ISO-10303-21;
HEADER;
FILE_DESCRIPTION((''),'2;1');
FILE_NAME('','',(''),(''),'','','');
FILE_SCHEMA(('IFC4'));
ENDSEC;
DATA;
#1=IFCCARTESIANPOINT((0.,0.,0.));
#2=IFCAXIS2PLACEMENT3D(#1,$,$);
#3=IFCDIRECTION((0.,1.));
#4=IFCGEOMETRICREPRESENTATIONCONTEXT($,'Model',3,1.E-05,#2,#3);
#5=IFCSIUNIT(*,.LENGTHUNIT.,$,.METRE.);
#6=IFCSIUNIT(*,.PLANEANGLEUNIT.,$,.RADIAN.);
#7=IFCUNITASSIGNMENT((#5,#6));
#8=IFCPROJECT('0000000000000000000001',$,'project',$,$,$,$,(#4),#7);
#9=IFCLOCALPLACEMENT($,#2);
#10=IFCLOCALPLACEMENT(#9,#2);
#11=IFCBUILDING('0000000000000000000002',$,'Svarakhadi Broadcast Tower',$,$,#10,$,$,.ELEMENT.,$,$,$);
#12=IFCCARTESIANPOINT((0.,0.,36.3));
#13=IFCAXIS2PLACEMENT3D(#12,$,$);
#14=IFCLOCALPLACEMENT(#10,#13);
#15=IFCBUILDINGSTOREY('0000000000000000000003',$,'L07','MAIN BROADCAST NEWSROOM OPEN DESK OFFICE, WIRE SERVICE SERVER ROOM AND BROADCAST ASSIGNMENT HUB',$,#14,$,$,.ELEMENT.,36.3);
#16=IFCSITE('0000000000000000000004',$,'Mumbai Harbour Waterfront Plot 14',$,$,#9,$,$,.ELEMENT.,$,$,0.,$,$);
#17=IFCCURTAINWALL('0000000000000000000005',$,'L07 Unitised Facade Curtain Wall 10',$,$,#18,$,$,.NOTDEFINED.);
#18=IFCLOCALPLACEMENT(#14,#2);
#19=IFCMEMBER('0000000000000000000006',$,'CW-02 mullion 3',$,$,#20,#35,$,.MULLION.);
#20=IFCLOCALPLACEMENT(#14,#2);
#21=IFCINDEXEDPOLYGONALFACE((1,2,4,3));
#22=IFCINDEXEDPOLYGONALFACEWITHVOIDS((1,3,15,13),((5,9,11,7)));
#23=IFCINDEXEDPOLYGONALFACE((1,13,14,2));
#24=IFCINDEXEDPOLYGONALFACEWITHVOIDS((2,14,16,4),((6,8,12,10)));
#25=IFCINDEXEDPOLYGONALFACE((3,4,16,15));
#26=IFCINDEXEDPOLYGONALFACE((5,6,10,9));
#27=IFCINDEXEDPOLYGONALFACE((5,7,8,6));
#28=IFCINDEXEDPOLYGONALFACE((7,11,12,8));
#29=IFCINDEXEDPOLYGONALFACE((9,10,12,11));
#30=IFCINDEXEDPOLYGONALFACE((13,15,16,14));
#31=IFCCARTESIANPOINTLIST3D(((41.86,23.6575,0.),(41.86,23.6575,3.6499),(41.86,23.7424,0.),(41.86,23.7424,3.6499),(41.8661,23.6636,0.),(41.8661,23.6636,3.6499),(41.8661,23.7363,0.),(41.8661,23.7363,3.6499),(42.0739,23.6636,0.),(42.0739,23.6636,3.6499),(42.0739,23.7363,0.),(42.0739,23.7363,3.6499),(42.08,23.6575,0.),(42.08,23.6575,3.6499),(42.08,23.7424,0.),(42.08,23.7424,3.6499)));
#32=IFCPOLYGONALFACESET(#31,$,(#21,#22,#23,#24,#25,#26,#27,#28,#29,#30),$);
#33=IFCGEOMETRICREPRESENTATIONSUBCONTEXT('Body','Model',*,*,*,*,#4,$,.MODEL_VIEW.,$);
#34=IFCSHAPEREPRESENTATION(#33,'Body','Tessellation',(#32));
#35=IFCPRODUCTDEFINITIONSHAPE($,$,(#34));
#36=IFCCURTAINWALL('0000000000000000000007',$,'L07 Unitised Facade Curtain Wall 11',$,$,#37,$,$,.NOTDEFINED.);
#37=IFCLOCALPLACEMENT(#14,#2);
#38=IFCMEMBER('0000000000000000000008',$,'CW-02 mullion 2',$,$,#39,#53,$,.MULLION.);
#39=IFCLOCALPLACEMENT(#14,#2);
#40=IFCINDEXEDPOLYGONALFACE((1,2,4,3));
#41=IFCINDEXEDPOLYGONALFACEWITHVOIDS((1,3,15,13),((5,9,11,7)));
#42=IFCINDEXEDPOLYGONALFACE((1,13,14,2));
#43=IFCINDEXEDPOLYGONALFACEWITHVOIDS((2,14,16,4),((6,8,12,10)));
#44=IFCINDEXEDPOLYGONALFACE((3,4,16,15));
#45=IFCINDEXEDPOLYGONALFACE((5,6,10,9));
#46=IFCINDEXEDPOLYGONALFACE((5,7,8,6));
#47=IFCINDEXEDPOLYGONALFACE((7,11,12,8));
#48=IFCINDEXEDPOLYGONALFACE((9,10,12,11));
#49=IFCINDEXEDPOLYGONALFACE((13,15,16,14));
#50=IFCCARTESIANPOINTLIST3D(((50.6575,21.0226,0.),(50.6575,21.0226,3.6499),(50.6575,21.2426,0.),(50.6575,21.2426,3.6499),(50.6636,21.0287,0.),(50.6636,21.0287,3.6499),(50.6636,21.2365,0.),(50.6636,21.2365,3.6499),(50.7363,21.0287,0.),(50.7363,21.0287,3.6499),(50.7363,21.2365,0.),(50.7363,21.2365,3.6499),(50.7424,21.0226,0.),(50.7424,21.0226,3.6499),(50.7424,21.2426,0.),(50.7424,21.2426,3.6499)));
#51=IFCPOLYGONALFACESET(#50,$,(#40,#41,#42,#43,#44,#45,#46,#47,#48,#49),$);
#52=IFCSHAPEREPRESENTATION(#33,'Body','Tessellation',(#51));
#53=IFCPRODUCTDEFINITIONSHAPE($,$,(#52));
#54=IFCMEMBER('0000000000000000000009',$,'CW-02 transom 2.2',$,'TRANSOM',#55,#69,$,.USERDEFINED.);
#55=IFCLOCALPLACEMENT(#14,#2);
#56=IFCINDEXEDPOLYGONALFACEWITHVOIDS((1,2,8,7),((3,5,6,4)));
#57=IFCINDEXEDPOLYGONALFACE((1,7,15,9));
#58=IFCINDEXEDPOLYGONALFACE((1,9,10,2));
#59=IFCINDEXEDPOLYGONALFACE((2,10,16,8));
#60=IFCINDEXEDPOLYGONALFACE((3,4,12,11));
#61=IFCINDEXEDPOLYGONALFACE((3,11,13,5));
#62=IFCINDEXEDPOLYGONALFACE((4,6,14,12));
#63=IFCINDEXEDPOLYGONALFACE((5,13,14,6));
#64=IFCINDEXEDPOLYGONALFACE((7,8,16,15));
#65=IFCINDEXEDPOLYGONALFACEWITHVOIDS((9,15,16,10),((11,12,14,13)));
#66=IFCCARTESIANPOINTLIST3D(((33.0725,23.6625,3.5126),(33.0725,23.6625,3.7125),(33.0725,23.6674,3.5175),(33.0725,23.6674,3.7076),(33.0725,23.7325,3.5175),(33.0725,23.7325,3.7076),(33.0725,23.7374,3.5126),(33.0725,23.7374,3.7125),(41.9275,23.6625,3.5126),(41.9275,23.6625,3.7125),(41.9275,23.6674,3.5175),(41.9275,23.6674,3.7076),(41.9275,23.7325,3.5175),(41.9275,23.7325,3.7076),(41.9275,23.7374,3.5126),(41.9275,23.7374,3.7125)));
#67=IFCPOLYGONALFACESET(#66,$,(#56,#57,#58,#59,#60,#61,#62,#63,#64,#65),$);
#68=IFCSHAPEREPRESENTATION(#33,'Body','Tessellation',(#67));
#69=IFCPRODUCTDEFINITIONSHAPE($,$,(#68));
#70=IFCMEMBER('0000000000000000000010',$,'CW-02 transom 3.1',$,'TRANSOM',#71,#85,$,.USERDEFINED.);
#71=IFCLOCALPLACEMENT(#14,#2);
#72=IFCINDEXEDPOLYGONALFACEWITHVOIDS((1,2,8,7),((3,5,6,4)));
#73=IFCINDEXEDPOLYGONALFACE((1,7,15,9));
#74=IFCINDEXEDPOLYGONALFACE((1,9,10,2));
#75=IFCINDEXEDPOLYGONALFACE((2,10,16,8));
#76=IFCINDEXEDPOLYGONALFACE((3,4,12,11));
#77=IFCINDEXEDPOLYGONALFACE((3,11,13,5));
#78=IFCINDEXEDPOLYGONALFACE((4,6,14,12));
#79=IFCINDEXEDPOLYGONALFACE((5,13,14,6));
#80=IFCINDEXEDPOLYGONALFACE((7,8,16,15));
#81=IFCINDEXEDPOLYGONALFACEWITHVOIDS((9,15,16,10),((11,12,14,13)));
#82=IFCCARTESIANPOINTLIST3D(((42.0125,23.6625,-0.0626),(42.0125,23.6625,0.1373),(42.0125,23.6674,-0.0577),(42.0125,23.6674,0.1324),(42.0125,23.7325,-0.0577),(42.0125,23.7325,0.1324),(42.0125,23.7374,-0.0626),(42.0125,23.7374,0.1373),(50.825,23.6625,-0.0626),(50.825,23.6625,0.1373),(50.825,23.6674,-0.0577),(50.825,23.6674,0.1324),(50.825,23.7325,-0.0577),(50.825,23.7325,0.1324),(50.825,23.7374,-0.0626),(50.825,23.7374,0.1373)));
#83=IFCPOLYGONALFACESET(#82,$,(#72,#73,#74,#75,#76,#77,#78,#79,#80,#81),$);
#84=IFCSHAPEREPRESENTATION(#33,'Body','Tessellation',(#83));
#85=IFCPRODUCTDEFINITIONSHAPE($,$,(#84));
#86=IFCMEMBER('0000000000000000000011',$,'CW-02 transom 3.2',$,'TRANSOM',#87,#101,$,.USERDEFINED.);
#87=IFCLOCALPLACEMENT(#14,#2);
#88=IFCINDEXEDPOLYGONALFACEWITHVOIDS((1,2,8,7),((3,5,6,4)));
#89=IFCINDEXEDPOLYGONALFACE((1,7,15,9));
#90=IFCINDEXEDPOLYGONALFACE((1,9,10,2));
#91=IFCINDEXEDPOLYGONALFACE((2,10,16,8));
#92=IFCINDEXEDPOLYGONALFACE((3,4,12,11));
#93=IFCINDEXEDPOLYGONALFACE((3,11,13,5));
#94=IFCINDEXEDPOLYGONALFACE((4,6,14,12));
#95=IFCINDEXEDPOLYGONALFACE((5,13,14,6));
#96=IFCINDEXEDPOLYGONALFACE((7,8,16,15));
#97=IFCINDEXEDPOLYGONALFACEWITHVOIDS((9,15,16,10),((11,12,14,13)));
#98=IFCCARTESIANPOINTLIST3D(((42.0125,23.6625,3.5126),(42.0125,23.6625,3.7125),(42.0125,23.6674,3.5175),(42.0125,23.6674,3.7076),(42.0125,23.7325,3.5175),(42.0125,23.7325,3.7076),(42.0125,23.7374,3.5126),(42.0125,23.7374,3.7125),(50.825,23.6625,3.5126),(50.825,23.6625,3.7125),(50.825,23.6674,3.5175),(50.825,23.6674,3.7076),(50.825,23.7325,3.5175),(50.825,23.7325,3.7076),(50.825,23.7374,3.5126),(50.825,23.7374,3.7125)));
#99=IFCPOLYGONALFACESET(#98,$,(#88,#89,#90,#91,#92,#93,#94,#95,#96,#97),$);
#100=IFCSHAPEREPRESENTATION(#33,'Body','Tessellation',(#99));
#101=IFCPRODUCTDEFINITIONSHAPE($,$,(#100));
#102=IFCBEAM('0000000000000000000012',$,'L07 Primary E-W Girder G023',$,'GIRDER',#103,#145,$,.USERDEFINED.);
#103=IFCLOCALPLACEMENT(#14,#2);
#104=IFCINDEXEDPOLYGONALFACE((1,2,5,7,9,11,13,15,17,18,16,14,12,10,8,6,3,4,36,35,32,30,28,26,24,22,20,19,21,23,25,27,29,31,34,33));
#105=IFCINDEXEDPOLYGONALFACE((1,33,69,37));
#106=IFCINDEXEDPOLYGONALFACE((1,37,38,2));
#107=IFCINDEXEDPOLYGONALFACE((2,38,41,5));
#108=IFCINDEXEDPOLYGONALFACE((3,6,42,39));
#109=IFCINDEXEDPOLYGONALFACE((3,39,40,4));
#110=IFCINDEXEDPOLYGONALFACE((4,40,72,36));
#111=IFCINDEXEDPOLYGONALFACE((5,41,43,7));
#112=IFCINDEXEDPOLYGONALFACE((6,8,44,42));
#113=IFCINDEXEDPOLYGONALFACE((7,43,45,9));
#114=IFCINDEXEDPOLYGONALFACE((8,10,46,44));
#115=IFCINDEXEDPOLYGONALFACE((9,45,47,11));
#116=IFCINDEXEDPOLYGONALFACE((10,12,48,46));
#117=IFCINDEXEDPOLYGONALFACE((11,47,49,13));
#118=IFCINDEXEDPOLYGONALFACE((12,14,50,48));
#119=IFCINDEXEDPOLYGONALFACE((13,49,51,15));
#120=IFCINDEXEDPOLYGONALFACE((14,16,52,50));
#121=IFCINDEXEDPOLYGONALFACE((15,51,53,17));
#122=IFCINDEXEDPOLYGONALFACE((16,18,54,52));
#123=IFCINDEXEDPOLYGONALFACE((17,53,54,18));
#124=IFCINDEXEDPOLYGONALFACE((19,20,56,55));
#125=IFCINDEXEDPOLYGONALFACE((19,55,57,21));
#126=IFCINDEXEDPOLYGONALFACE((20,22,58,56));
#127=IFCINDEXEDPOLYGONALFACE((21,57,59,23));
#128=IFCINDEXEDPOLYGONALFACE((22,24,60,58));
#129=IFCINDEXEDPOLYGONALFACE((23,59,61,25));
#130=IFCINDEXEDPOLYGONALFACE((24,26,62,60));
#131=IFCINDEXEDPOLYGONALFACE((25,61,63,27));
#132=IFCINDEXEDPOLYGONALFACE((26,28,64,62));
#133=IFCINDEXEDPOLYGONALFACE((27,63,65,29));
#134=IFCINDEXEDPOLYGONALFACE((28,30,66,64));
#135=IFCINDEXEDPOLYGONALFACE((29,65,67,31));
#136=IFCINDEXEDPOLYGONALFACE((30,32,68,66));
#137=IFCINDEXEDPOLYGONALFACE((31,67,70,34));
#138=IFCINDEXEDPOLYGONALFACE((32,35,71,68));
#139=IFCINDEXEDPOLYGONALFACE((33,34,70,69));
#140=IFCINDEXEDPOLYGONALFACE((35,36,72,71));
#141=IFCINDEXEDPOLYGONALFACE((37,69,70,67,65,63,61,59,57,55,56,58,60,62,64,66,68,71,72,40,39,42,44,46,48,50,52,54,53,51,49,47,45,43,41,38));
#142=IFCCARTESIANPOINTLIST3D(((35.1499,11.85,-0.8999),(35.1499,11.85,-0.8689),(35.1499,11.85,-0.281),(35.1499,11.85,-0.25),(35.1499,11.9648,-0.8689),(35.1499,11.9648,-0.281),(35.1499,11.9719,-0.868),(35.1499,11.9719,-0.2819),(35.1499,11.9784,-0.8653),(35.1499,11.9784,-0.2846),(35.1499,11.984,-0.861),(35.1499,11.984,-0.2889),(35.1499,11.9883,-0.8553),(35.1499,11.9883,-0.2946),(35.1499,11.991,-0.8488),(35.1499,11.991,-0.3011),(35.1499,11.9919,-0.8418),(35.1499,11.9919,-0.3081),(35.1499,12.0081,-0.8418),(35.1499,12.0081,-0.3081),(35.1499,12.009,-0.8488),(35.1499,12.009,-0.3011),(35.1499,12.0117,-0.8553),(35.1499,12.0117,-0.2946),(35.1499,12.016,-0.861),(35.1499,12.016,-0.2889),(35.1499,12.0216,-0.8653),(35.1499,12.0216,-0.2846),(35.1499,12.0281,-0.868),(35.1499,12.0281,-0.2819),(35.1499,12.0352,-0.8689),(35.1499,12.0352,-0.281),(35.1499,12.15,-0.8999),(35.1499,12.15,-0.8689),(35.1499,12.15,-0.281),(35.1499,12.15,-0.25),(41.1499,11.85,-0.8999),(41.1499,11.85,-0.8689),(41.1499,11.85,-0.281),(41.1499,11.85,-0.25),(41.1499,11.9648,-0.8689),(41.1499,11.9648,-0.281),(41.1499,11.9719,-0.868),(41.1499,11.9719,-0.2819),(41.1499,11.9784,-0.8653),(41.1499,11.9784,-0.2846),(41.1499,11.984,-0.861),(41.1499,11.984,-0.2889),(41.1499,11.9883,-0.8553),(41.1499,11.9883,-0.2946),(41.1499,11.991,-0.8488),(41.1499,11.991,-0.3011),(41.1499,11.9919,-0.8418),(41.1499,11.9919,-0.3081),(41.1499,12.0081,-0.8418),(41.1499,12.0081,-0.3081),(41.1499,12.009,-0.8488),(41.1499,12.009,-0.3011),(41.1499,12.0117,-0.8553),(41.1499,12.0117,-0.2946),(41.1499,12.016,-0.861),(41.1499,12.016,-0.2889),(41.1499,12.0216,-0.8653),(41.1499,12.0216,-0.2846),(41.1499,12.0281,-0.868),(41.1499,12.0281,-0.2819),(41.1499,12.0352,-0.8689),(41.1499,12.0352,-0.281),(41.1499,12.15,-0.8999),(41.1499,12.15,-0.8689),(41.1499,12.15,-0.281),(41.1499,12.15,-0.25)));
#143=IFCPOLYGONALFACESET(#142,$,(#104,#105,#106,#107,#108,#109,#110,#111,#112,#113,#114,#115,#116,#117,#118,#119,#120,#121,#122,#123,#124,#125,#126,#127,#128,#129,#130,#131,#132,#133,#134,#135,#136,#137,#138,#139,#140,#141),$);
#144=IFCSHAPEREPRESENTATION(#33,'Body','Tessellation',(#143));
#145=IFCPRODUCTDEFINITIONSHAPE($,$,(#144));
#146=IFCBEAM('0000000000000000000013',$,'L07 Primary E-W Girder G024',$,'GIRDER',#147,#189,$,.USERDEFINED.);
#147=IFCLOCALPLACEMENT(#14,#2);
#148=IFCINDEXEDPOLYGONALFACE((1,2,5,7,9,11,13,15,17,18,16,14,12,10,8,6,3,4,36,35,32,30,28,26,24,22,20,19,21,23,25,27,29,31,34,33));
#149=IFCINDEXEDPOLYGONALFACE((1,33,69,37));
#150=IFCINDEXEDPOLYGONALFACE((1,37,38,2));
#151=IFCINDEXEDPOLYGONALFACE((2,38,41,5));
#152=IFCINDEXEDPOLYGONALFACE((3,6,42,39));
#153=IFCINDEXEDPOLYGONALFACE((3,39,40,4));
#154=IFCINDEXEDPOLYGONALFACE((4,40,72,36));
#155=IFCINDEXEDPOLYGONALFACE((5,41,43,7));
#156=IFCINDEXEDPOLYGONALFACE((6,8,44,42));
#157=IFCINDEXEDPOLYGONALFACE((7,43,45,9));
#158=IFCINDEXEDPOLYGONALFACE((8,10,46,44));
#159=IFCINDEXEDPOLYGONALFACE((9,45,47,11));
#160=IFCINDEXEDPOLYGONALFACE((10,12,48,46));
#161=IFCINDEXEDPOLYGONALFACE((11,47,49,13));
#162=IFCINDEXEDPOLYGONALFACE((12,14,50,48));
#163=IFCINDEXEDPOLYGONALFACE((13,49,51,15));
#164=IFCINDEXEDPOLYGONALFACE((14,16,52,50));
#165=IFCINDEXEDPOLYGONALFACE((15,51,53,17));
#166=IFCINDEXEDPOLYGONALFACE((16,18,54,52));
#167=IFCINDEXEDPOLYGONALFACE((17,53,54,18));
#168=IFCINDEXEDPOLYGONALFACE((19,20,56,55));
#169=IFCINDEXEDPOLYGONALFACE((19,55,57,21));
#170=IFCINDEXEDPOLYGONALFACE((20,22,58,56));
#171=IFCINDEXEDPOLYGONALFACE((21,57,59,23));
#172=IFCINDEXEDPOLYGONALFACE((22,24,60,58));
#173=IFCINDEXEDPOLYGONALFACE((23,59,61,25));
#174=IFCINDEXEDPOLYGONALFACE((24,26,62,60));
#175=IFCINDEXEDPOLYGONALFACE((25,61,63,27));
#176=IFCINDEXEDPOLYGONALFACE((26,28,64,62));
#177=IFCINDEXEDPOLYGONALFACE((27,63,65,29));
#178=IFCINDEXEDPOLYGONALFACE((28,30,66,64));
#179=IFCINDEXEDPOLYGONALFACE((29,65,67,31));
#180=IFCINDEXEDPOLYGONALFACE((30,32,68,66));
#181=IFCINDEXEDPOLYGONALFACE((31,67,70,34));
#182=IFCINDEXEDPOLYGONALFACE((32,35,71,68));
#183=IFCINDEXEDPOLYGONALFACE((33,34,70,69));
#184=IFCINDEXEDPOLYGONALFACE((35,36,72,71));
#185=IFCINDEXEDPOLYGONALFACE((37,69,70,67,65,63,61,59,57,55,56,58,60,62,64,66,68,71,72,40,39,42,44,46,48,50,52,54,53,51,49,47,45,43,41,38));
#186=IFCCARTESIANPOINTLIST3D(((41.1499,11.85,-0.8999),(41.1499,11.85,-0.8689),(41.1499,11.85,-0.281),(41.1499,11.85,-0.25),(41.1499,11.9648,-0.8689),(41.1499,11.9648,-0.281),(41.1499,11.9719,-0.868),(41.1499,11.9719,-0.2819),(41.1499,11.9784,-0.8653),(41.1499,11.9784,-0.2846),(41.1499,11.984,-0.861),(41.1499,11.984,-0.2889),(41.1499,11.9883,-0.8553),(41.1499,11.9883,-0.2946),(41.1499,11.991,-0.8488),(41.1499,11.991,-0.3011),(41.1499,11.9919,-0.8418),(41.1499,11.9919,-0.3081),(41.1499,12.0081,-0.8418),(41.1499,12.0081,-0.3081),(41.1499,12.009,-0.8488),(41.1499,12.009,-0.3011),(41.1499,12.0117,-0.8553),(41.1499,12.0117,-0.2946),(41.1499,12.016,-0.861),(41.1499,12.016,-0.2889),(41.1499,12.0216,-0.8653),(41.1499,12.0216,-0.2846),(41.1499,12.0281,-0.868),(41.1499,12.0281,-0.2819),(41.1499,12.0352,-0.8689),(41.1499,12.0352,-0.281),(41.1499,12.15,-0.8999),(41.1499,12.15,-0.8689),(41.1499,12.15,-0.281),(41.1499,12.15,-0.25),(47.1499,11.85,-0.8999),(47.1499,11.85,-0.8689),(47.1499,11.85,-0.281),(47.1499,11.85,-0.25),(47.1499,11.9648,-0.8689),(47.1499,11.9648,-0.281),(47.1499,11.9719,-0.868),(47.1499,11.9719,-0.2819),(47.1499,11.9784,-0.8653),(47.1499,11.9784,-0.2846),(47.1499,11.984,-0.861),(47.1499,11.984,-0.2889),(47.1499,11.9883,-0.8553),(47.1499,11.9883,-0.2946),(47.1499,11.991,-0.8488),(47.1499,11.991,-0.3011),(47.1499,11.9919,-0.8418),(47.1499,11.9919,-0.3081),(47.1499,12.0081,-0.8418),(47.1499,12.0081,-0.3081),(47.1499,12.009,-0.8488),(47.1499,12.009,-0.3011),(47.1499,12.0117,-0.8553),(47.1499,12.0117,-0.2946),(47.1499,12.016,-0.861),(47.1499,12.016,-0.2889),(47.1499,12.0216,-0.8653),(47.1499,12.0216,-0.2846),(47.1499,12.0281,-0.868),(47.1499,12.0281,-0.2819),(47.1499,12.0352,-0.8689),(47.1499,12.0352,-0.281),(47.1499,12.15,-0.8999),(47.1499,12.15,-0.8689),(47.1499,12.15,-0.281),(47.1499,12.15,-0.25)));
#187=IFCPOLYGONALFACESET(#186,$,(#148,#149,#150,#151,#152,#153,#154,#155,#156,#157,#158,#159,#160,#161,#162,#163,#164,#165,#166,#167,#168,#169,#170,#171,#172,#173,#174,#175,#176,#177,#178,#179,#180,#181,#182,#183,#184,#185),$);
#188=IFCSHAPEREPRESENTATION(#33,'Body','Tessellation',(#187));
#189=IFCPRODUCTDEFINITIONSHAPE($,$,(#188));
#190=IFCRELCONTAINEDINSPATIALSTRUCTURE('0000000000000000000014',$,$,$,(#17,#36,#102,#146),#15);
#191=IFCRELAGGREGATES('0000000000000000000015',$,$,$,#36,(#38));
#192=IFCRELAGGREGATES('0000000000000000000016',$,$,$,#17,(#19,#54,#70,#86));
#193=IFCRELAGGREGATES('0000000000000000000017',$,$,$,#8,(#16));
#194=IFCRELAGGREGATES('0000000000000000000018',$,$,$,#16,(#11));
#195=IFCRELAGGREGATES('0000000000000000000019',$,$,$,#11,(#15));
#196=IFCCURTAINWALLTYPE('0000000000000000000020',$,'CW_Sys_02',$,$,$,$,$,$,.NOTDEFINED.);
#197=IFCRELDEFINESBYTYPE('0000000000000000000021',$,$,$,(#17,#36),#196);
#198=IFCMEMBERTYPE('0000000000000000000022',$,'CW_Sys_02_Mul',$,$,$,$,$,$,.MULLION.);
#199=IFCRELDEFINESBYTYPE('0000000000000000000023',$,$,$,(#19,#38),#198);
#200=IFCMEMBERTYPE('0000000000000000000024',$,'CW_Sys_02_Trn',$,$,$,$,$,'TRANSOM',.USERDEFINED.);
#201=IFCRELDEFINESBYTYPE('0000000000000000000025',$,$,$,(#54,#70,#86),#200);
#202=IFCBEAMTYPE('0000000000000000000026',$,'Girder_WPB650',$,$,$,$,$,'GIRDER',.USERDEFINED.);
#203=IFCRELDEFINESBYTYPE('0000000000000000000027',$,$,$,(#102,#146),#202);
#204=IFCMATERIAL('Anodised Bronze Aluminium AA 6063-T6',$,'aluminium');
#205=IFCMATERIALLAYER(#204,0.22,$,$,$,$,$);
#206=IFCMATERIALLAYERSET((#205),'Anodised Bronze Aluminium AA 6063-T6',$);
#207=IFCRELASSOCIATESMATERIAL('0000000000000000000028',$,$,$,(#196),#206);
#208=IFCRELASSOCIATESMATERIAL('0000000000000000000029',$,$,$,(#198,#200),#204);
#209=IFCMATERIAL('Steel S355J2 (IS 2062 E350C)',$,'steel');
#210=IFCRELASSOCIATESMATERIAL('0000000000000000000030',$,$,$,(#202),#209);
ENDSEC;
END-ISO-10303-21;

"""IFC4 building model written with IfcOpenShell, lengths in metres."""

from ifc_helpers import new_model, si_unit, direction, frame, origin, origin_2d, place, context, subcontext, project, spatial, hollow_rectangle, i_section, extrude, material, layer, layer_set, material_profile, profile_set, type_object, element, aggregate, save


model = new_model("IFC4")

# Units and contexts
model_context = context("Model", 3, precision=1e-05, world=origin(), true_north=direction((0.0, 1.0)))
body_context = subcontext(model_context, "Body", "Model", "MODEL_VIEW")
ifc_project = project(units=[si_unit("LENGTHUNIT", "METRE"), si_unit("PLANEANGLEUNIT", "RADIAN")], contexts=[model_context])

# Site, building, storey
site_placement = place(None, origin())
site = spatial("IfcSite", under=ifc_project, at=site_placement, Name="Mumbai Harbour Waterfront Plot 14", CompositionType="ELEMENT", RefElevation=0.0)
building_placement = place(site_placement, origin())
building = spatial("IfcBuilding", under=site, at=building_placement, Name="Svarakhadi Broadcast Tower", CompositionType="ELEMENT")
storey_placement = place(building_placement, frame((0.0, 0.0, 36.3)))
storey = spatial("IfcBuildingStorey", under=building, at=storey_placement, Name="L07", Description="MAIN BROADCAST NEWSROOM OPEN DESK OFFICE, WIRE SERVICE SERVER ROOM AND BROADCAST ASSIGNMENT HUB", CompositionType="ELEMENT", Elevation=36.3)

# Shared definitions
ifc_material_1 = material(Name="Steel S355J2 (IS 2062 E350C)", Category="steel")

# Curtain walls, members
ifc_material_2 = material(Name="Anodised Bronze Aluminium AA 6063-T6", Category="aluminium")
ifc_layer_1 = layer(ifc_material_2, 0.22)
ifc_layer_set_1 = layer_set([ifc_layer_1], Name="Anodised Bronze Aluminium AA 6063-T6")
curtain_wall_type = type_object("IfcCurtainWallType", Name="CW_Sys_02", PredefinedType="NOTDEFINED", material=ifc_layer_set_1)
curtain_wall_1_placement = place(storey_placement, origin())
curtain_wall_1 = element("IfcCurtainWall", 1, at=curtain_wall_1_placement, inside=storey, type_object=curtain_wall_type, Name="L07 Unitised Facade Curtain Wall 10", PredefinedType="NOTDEFINED")
ifc_material_profile_1 = material_profile(ifc_material_2, hollow_rectangle(XDim=0.085, YDim=0.22, WallThickness=0.0061, at=origin_2d()), Name="ALU MULLION 220x85x6")
ifc_profile_set_1 = profile_set([ifc_material_profile_1], Name="Anodised Bronze Aluminium AA 6063-T6")
member_type_1 = type_object("IfcMemberType", Name="CW_Sys_02_Mul", PredefinedType="MULLION", material=ifc_profile_set_1)
member_1_placement = place(storey_placement, frame((41.97, 23.7, 0.0), z_axis=(0.0, 0.0, 1.0), x_axis=(0.0, 1.0, 0.0)))
member_1 = element("IfcMember", 2, at=member_1_placement, type_object=member_type_1, Name="CW-02 mullion 3", PredefinedType="MULLION", context=body_context, shape_type="SweptSolid", body=[
    extrude(hollow_rectangle(XDim=0.085, YDim=0.22, WallThickness=0.0061, at=origin_2d()), origin(), (0.0, 0.0, 1.0), 3.6499),
])
curtain_wall_2_placement = place(storey_placement, origin())
curtain_wall_2 = element("IfcCurtainWall", 3, at=curtain_wall_2_placement, inside=storey, type_object=curtain_wall_type, Name="L07 Unitised Facade Curtain Wall 11", PredefinedType="NOTDEFINED")
member_2_placement = place(storey_placement, frame((50.7, 21.1326, 0.0), z_axis=(0.0, 0.0, 1.0), x_axis=(1.0, 0.0, 0.0)))
member_2 = element("IfcMember", 4, at=member_2_placement, type_object=member_type_1, Name="CW-02 mullion 2", PredefinedType="MULLION", context=body_context, shape_type="SweptSolid", body=[
    extrude(hollow_rectangle(XDim=0.085, YDim=0.22, WallThickness=0.0061, at=origin_2d()), origin(), (0.0, 0.0, 1.0), 3.6499),
])
aggregate(curtain_wall_2, [member_2])

# Members
ifc_material_profile_2 = material_profile(ifc_material_2, hollow_rectangle(XDim=0.075, YDim=0.2, WallThickness=0.0049, at=origin_2d()), Name="ALU TRANSOM 200x75x5")
ifc_profile_set_2 = profile_set([ifc_material_profile_2], Name="Anodised Bronze Aluminium AA 6063-T6")
member_type_2 = type_object("IfcMemberType", Name="CW_Sys_02_Trn", ElementType="TRANSOM", PredefinedType="USERDEFINED", material=ifc_profile_set_2)
member_3_placement = place(storey_placement, frame((33.0725, 23.7, 3.6125), z_axis=(1.0, 0.0, 0.0), x_axis=(0.0, 1.0, 0.0)))
member_3 = element("IfcMember", 5, at=member_3_placement, type_object=member_type_2, Name="CW-02 transom 2.2", ObjectType="TRANSOM", PredefinedType="USERDEFINED", context=body_context, shape_type="SweptSolid", body=[
    extrude(hollow_rectangle(XDim=0.075, YDim=0.2, WallThickness=0.0049, at=origin_2d()), origin(), (0.0, 0.0, 1.0), 8.855),
])
member_4_placement = place(storey_placement, frame((42.0125, 23.7, 0.0374), z_axis=(1.0, 0.0, 0.0), x_axis=(0.0, 1.0, 0.0)))
member_4 = element("IfcMember", 6, at=member_4_placement, type_object=member_type_2, Name="CW-02 transom 3.1", ObjectType="TRANSOM", PredefinedType="USERDEFINED", context=body_context, shape_type="SweptSolid", body=[
    extrude(hollow_rectangle(XDim=0.075, YDim=0.2, WallThickness=0.0049, at=origin_2d()), origin(), (0.0, 0.0, 1.0), 8.8125),
])
member_5_placement = place(storey_placement, frame((42.0125, 23.7, 3.6125), z_axis=(1.0, 0.0, 0.0), x_axis=(0.0, 1.0, 0.0)))
member_5 = element("IfcMember", 7, at=member_5_placement, type_object=member_type_2, Name="CW-02 transom 3.2", ObjectType="TRANSOM", PredefinedType="USERDEFINED", context=body_context, shape_type="SweptSolid", body=[
    extrude(hollow_rectangle(XDim=0.075, YDim=0.2, WallThickness=0.0049, at=origin_2d()), origin(), (0.0, 0.0, 1.0), 8.8125),
])

# Beams
ifc_material_profile_3 = material_profile(ifc_material_1, i_section(OverallWidth=0.3, OverallDepth=0.6499, WebThickness=0.0161, FlangeThickness=0.031, FilletRadius=0.0271, at=origin_2d()), Name="WPB 650x300x225")
ifc_profile_set_3 = profile_set([ifc_material_profile_3], Name="Steel S355J2 (IS 2062 E350C)")
beam_type_1 = type_object("IfcBeamType", Name="Girder_WPB650", ElementType="GIRDER", PredefinedType="USERDEFINED", material=ifc_profile_set_3)
for number, where, z_axis, x_axis, name in (
    (8, (35.1499, 12.0, -0.575), (1.0, 0.0, 0.0), (0.0, 1.0, 0.0), "L07 Primary E-W Girder G023"),
    (9, (41.1499, 12.0, -0.575), (1.0, 0.0, 0.0), (0.0, 1.0, 0.0), "L07 Primary E-W Girder G024"),
):
    element("IfcBeam", number, at=place(storey_placement, frame(where, z_axis=z_axis, x_axis=x_axis)), inside=storey, type_object=beam_type_1, Name=name, ObjectType="GIRDER", PredefinedType="USERDEFINED", context=body_context, shape_type="SweptSolid", body=[
        extrude(i_section(OverallWidth=0.3, OverallDepth=0.6499, WebThickness=0.0161, FlangeThickness=0.031, FilletRadius=0.0271, at=origin_2d()), origin(), (0.0, 0.0, 1.0), 6.0),
    ])

aggregate(curtain_wall_1, [member_1, member_3, member_4, member_5])

save(model, "model.ifc")
